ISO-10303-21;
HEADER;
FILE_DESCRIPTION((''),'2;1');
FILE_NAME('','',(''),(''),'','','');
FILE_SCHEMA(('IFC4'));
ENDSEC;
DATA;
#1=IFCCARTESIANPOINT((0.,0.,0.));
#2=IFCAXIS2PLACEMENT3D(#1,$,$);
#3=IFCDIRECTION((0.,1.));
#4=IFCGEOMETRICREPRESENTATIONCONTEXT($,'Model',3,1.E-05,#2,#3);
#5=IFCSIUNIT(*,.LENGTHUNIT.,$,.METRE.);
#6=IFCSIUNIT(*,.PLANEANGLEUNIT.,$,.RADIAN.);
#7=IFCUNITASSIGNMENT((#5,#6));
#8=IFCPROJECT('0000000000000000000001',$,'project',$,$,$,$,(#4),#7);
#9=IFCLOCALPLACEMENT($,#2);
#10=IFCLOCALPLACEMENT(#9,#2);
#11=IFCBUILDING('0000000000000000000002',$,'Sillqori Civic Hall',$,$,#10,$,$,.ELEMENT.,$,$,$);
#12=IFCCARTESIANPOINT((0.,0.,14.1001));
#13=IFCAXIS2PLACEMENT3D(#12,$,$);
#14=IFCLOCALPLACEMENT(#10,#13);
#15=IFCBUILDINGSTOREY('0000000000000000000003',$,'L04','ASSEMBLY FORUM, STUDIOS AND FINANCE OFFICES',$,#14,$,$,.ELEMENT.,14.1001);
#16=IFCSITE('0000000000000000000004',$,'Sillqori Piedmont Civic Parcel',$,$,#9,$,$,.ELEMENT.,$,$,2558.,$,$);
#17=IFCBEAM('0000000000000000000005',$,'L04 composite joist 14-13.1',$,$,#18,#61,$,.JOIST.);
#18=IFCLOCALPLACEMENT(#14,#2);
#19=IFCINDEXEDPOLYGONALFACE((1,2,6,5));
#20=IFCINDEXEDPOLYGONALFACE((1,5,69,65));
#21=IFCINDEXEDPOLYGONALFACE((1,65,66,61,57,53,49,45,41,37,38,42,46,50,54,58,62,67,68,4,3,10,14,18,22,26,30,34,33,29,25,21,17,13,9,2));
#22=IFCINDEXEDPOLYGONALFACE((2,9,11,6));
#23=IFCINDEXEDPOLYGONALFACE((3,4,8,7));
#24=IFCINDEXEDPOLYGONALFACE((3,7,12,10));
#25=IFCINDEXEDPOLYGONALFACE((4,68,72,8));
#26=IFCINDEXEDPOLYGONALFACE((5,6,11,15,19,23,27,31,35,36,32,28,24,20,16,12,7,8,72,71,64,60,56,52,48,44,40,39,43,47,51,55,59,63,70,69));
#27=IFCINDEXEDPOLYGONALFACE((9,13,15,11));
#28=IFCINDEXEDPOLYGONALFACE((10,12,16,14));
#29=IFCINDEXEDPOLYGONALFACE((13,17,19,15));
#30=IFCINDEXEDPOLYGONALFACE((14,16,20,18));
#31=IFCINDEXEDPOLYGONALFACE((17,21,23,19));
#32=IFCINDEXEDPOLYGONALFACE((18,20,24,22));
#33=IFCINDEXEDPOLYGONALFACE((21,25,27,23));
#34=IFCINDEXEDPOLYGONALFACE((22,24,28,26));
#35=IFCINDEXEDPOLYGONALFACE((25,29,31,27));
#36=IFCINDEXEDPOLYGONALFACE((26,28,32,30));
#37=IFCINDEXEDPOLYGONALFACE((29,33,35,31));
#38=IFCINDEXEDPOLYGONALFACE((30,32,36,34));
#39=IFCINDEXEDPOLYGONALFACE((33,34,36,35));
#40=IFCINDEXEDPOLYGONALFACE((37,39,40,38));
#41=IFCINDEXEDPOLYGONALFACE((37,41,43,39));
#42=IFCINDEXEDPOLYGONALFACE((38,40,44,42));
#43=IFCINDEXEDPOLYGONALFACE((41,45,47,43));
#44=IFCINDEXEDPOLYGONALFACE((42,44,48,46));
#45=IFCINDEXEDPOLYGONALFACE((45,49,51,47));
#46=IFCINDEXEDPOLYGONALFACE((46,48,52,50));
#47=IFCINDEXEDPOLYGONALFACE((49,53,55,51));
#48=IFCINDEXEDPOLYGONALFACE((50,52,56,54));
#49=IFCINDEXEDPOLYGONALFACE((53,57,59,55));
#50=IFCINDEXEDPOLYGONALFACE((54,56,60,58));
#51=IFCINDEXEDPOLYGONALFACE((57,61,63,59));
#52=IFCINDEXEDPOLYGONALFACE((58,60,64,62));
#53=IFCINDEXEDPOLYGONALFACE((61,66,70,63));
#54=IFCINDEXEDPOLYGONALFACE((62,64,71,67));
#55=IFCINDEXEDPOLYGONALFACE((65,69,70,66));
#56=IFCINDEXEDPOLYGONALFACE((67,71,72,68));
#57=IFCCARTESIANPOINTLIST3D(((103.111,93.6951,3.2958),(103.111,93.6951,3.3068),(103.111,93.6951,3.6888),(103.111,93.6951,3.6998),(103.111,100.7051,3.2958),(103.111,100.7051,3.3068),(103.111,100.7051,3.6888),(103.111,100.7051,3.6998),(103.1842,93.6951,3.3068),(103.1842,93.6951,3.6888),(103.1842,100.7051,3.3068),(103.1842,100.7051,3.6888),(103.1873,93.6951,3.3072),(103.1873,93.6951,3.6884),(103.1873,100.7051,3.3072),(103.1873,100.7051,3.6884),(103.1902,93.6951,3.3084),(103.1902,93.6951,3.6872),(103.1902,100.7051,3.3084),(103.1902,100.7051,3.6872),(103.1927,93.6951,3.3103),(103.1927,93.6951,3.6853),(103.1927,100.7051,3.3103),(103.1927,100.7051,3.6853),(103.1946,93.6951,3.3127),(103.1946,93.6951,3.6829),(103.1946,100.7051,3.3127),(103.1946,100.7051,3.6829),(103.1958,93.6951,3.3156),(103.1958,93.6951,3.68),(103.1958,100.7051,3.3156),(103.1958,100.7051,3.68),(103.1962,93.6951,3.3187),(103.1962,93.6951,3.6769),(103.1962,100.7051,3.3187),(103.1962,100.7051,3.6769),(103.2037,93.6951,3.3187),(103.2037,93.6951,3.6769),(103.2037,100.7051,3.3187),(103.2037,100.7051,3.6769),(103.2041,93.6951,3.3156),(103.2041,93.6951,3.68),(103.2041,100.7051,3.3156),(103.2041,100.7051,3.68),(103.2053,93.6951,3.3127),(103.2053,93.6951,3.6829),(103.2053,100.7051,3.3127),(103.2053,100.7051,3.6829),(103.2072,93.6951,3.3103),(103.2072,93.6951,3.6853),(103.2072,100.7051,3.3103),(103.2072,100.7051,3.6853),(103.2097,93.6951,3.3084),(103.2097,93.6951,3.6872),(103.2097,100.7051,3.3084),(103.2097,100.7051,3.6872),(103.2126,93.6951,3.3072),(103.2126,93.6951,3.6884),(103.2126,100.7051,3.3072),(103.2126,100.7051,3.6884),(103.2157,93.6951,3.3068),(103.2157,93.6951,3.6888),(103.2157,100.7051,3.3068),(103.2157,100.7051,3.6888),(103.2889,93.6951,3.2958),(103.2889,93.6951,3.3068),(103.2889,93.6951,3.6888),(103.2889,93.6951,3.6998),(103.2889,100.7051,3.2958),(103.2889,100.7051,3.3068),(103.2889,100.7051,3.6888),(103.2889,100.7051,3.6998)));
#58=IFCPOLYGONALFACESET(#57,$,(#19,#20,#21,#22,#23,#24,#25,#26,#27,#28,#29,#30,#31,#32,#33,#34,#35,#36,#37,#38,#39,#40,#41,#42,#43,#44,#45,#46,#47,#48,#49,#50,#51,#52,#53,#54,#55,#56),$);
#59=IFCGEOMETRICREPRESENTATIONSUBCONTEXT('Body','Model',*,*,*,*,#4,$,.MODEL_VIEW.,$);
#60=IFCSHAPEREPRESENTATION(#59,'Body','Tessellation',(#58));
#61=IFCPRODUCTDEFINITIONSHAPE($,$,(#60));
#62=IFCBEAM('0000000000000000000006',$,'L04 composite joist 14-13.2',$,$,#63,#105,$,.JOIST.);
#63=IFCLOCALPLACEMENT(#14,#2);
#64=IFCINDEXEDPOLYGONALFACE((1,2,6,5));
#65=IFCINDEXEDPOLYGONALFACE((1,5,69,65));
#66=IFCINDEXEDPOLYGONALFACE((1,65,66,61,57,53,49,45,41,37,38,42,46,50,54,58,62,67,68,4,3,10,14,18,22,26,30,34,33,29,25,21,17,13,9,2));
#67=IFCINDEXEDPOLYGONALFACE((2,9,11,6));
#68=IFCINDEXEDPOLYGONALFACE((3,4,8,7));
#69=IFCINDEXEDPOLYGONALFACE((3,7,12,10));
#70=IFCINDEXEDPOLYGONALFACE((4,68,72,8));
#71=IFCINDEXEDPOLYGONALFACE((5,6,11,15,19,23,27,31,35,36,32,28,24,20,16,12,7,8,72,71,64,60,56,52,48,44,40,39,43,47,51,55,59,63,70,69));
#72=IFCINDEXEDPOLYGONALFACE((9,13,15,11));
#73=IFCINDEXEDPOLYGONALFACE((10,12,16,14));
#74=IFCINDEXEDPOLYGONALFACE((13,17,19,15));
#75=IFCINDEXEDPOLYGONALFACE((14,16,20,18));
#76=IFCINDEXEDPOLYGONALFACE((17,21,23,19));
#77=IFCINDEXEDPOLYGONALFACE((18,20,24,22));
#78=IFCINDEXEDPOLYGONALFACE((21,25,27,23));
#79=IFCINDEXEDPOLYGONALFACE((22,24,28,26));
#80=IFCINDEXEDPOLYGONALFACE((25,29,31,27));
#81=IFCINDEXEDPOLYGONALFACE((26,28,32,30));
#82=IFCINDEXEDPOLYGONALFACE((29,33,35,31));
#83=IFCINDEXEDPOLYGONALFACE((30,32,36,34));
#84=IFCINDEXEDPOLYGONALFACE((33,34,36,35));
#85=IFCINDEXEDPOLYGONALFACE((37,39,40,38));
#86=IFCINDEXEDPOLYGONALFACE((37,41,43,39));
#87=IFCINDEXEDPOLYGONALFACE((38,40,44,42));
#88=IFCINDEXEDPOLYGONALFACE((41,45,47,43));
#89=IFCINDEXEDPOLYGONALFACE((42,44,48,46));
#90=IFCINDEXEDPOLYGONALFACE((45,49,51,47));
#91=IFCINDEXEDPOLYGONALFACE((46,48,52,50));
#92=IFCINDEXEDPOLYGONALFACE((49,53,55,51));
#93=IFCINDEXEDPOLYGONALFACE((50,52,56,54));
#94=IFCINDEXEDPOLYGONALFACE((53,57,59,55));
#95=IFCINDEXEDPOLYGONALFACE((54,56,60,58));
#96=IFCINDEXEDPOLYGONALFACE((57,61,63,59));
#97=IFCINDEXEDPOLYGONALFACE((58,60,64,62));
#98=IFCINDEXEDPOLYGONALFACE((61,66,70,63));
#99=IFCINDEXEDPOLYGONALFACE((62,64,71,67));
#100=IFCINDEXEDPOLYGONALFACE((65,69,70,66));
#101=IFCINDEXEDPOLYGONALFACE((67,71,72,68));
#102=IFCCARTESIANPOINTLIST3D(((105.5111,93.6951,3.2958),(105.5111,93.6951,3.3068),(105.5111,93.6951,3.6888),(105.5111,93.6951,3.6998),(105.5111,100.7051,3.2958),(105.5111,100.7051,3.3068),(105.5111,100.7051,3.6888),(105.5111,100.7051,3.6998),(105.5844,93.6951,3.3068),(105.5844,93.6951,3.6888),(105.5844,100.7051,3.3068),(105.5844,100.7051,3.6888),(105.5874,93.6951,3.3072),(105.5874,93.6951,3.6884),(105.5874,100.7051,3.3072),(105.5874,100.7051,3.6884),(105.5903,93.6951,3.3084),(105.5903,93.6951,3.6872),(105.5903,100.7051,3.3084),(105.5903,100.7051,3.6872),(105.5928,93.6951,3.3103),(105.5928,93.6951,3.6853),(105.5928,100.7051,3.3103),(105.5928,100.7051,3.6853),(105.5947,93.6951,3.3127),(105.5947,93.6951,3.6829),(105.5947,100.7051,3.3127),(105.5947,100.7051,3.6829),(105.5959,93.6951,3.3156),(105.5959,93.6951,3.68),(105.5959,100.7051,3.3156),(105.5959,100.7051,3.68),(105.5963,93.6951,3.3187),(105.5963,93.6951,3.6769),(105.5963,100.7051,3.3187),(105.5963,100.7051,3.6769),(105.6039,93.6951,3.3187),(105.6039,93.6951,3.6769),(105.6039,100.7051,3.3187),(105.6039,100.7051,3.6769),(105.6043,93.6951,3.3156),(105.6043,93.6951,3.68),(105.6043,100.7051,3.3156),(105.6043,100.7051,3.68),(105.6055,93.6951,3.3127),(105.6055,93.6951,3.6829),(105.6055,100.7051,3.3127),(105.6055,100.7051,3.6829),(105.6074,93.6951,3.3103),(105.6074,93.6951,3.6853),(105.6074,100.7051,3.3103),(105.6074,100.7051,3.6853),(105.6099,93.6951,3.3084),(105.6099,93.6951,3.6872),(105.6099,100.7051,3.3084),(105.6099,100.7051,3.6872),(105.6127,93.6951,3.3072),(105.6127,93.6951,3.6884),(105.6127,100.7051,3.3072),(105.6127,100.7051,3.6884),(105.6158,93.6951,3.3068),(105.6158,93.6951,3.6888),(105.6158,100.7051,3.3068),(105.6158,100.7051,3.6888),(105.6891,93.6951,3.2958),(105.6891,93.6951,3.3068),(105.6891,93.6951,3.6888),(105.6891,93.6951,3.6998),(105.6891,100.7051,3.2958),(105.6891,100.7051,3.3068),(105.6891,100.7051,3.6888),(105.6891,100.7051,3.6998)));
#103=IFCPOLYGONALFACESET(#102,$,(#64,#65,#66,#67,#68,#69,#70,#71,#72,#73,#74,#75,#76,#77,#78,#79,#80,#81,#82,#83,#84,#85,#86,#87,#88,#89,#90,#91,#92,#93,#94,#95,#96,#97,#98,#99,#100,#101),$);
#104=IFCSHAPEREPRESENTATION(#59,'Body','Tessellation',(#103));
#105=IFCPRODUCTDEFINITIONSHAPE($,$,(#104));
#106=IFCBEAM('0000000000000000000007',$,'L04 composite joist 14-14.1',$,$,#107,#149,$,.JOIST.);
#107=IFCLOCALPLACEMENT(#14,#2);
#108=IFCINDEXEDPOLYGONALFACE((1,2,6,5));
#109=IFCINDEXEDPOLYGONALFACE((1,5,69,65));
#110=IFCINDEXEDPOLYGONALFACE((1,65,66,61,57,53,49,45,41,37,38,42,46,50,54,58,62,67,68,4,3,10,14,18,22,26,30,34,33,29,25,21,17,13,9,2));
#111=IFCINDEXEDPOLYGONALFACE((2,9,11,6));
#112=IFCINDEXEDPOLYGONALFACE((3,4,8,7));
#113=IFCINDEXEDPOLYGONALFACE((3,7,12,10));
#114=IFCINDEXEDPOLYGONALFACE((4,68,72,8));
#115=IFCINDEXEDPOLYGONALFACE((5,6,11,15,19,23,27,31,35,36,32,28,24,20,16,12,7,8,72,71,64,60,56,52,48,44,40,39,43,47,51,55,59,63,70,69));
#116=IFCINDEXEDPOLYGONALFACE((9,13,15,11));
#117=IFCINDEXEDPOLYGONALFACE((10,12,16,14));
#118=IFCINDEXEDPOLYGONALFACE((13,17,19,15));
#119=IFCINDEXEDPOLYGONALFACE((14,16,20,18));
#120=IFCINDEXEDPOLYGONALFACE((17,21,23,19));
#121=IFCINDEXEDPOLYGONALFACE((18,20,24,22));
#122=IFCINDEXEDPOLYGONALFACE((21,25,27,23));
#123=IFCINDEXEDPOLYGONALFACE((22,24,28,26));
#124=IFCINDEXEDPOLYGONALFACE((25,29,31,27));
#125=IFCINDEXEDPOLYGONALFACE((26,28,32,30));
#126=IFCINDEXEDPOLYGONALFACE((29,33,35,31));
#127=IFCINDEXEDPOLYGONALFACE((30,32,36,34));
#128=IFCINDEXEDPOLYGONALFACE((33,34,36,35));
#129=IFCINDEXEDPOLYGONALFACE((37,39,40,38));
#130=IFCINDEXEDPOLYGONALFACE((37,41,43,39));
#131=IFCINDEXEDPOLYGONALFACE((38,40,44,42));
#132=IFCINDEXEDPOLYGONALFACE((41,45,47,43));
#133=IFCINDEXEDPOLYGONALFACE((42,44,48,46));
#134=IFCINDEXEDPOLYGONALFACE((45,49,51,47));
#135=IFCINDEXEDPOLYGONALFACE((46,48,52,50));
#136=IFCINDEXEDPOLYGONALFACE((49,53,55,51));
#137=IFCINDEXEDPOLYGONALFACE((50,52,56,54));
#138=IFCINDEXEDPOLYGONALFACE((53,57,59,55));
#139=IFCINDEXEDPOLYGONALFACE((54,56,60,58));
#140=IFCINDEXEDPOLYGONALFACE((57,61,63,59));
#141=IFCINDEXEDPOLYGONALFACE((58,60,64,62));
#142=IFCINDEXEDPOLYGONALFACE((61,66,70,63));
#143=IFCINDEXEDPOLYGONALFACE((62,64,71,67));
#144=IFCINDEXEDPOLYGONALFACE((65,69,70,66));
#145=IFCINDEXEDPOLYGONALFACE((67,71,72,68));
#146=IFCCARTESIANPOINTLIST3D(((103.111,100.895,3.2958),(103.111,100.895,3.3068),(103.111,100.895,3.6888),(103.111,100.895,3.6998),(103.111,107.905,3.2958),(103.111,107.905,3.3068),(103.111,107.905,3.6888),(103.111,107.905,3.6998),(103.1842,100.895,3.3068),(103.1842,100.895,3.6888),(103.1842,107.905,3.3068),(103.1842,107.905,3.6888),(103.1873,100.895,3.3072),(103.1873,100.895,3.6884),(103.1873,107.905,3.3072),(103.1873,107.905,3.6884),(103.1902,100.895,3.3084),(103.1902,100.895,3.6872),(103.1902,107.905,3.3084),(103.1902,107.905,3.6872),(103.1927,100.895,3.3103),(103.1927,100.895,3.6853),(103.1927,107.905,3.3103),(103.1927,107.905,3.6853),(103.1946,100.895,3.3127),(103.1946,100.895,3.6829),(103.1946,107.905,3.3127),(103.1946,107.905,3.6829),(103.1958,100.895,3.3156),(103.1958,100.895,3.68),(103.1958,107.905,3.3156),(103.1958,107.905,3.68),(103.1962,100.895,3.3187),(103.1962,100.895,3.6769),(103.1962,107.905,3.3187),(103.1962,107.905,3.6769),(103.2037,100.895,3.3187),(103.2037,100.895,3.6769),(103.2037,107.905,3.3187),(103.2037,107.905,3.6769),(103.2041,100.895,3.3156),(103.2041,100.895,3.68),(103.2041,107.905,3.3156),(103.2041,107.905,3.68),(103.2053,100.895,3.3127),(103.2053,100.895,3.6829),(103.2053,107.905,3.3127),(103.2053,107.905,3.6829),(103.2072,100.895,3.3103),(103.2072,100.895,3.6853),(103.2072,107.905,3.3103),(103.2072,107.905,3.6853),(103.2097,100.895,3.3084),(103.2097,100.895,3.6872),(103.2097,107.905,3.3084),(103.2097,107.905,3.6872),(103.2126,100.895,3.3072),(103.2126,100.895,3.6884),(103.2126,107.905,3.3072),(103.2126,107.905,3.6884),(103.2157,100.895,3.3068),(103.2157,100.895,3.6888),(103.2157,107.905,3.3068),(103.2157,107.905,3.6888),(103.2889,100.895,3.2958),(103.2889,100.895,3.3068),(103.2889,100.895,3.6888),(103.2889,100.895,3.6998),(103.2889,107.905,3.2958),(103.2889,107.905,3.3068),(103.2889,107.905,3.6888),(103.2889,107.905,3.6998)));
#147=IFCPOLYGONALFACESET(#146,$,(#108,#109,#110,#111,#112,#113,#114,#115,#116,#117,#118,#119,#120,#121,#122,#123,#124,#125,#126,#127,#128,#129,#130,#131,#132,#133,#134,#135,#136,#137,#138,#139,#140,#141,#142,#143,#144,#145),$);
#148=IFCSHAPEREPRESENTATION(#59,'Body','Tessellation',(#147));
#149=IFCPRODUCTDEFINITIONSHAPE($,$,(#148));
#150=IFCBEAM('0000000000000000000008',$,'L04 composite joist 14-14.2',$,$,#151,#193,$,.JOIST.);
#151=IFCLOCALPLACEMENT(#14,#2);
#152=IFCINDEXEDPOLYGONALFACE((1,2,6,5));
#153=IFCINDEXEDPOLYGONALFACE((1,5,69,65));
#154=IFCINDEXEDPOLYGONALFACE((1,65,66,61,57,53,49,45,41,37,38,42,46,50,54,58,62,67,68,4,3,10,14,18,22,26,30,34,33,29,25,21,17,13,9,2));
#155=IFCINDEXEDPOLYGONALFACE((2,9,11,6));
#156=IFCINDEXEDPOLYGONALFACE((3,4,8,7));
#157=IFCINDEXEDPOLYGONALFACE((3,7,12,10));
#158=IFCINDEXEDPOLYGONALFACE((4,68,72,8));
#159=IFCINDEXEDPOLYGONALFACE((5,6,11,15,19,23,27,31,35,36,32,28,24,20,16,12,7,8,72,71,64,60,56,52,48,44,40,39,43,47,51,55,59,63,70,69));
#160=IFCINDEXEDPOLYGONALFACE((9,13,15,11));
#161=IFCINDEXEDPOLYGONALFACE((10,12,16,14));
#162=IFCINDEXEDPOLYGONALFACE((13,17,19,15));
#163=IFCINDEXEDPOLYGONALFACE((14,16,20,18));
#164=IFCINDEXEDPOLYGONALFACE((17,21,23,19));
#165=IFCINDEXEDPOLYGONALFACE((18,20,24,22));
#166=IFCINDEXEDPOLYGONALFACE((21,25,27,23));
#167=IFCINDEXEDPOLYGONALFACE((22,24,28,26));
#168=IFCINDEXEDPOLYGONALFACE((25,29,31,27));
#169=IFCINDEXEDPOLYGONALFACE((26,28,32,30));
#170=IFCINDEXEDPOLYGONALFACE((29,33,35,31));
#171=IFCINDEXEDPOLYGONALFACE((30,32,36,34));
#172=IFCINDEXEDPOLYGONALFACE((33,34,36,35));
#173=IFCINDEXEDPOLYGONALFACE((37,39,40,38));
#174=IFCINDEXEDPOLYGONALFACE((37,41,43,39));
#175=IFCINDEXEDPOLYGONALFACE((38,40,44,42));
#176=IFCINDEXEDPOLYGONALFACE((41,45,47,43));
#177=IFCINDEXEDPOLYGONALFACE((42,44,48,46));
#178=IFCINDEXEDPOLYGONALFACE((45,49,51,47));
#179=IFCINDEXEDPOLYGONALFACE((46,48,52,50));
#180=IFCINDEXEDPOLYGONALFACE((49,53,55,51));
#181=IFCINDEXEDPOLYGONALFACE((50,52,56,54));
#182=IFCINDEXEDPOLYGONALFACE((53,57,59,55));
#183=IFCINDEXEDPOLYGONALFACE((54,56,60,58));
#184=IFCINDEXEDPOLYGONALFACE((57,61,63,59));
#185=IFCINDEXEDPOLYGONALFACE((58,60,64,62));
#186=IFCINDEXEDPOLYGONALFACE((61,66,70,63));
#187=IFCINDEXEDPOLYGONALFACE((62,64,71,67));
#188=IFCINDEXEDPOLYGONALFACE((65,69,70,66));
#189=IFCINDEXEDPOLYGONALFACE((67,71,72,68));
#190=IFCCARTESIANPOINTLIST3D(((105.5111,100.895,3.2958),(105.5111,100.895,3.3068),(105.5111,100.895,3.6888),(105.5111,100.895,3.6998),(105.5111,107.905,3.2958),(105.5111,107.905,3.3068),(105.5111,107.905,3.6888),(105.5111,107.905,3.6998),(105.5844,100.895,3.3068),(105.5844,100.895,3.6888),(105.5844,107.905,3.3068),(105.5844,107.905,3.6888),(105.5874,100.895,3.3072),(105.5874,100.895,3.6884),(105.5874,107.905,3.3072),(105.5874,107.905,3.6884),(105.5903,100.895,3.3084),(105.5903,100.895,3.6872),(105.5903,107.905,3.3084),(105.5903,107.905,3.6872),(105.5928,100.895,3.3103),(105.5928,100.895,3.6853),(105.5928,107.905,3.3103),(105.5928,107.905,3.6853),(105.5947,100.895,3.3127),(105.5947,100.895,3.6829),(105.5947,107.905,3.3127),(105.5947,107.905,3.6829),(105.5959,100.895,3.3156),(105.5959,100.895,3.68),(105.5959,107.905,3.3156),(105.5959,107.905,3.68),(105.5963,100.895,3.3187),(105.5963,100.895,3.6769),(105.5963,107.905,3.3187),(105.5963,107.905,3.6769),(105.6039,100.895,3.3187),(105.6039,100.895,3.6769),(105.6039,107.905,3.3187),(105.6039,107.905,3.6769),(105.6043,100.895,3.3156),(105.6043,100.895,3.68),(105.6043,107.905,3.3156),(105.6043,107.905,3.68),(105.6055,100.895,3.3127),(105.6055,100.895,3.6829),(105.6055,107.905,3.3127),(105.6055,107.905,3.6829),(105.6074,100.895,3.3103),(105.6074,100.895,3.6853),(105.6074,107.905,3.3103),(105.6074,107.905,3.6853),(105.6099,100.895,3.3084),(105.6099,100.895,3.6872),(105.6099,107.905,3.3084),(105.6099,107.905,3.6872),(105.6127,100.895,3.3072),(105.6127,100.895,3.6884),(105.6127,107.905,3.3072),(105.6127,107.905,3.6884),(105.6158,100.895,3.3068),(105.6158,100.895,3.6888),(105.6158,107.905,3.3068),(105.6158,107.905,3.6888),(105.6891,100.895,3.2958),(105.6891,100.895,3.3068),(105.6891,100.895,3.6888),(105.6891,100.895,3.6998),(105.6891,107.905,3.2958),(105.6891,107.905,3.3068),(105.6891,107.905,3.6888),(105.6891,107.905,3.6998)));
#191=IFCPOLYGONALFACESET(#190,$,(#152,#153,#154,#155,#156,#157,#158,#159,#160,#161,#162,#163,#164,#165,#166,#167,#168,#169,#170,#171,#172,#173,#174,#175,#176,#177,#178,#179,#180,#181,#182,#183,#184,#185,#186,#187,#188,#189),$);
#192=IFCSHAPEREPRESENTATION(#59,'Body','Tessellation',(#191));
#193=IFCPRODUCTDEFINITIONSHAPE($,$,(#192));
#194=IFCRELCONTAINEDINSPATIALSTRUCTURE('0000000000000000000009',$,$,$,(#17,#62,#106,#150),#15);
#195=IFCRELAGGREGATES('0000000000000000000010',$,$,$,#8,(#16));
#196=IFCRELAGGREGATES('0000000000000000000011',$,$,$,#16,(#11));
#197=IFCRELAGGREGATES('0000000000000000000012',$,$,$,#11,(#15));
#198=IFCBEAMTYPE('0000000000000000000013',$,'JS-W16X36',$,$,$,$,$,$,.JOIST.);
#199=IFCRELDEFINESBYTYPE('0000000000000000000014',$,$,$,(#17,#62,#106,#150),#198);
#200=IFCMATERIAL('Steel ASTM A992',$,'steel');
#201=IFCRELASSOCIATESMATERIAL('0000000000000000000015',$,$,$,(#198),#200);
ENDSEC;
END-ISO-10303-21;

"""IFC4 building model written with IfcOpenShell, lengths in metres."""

from ifc_helpers import new_model, si_unit, direction, frame, origin, origin_2d, place, context, subcontext, project, spatial, i_section, extrude, material, material_profile, profile_set, type_object, element, save


model = new_model("IFC4")

# Units and contexts
model_context = context("Model", 3, precision=1e-05, world=origin(), true_north=direction((0.0, 1.0)))
body_context = subcontext(model_context, "Body", "Model", "MODEL_VIEW")
ifc_project = project(units=[si_unit("LENGTHUNIT", "METRE"), si_unit("PLANEANGLEUNIT", "RADIAN")], contexts=[model_context])

# Site, building, storey
site_placement = place(None, origin())
site = spatial("IfcSite", under=ifc_project, at=site_placement, Name="Sillqori Piedmont Civic Parcel", CompositionType="ELEMENT", RefElevation=2558.0)
building_placement = place(site_placement, origin())
building = spatial("IfcBuilding", under=site, at=building_placement, Name="Sillqori Civic Hall", CompositionType="ELEMENT")
storey_placement = place(building_placement, frame((0.0, 0.0, 14.1001)))
storey = spatial("IfcBuildingStorey", under=building, at=storey_placement, Name="L04", Description="ASSEMBLY FORUM, STUDIOS AND FINANCE OFFICES", CompositionType="ELEMENT", Elevation=14.1001)

# Shared definitions
ifc_material_1 = material(Name="Steel ASTM A992", Category="steel")

# Beams
ifc_material_profile_1 = material_profile(ifc_material_1, i_section(OverallWidth=0.178, OverallDepth=0.4041, WebThickness=0.0076, FlangeThickness=0.011, FilletRadius=0.012, at=origin_2d()), Name="W16X36")
ifc_profile_set_1 = profile_set([ifc_material_profile_1], Name="Steel ASTM A992")
beam_type_1 = type_object("IfcBeamType", Name="JS-W16X36", PredefinedType="JOIST", material=ifc_profile_set_1)
for number, where, z_axis, x_axis, name in (
    (1, (103.2, 93.6951, 3.4978), (0.0, 1.0, 0.0), (-1.0, 0.0, 0.0), "L04 composite joist 14-13.1"),
    (2, (105.6001, 93.6951, 3.4978), (0.0, 1.0, 0.0), (-1.0, 0.0, 0.0), "L04 composite joist 14-13.2"),
    (3, (103.2, 100.895, 3.4978), (0.0, 1.0, 0.0), (-1.0, 0.0, 0.0), "L04 composite joist 14-14.1"),
    (4, (105.6001, 100.895, 3.4978), (0.0, 1.0, 0.0), (-1.0, 0.0, 0.0), "L04 composite joist 14-14.2"),
):
    element("IfcBeam", number, at=place(storey_placement, frame(where, z_axis=z_axis, x_axis=x_axis)), inside=storey, type_object=beam_type_1, Name=name, PredefinedType="JOIST", context=body_context, shape_type="SweptSolid", body=[
        extrude(i_section(OverallWidth=0.178, OverallDepth=0.4041, WebThickness=0.0076, FlangeThickness=0.011, FilletRadius=0.012, at=origin_2d()), origin(), (0.0, 0.0, 1.0), 7.01),
    ])

save(model, "model.ifc")
